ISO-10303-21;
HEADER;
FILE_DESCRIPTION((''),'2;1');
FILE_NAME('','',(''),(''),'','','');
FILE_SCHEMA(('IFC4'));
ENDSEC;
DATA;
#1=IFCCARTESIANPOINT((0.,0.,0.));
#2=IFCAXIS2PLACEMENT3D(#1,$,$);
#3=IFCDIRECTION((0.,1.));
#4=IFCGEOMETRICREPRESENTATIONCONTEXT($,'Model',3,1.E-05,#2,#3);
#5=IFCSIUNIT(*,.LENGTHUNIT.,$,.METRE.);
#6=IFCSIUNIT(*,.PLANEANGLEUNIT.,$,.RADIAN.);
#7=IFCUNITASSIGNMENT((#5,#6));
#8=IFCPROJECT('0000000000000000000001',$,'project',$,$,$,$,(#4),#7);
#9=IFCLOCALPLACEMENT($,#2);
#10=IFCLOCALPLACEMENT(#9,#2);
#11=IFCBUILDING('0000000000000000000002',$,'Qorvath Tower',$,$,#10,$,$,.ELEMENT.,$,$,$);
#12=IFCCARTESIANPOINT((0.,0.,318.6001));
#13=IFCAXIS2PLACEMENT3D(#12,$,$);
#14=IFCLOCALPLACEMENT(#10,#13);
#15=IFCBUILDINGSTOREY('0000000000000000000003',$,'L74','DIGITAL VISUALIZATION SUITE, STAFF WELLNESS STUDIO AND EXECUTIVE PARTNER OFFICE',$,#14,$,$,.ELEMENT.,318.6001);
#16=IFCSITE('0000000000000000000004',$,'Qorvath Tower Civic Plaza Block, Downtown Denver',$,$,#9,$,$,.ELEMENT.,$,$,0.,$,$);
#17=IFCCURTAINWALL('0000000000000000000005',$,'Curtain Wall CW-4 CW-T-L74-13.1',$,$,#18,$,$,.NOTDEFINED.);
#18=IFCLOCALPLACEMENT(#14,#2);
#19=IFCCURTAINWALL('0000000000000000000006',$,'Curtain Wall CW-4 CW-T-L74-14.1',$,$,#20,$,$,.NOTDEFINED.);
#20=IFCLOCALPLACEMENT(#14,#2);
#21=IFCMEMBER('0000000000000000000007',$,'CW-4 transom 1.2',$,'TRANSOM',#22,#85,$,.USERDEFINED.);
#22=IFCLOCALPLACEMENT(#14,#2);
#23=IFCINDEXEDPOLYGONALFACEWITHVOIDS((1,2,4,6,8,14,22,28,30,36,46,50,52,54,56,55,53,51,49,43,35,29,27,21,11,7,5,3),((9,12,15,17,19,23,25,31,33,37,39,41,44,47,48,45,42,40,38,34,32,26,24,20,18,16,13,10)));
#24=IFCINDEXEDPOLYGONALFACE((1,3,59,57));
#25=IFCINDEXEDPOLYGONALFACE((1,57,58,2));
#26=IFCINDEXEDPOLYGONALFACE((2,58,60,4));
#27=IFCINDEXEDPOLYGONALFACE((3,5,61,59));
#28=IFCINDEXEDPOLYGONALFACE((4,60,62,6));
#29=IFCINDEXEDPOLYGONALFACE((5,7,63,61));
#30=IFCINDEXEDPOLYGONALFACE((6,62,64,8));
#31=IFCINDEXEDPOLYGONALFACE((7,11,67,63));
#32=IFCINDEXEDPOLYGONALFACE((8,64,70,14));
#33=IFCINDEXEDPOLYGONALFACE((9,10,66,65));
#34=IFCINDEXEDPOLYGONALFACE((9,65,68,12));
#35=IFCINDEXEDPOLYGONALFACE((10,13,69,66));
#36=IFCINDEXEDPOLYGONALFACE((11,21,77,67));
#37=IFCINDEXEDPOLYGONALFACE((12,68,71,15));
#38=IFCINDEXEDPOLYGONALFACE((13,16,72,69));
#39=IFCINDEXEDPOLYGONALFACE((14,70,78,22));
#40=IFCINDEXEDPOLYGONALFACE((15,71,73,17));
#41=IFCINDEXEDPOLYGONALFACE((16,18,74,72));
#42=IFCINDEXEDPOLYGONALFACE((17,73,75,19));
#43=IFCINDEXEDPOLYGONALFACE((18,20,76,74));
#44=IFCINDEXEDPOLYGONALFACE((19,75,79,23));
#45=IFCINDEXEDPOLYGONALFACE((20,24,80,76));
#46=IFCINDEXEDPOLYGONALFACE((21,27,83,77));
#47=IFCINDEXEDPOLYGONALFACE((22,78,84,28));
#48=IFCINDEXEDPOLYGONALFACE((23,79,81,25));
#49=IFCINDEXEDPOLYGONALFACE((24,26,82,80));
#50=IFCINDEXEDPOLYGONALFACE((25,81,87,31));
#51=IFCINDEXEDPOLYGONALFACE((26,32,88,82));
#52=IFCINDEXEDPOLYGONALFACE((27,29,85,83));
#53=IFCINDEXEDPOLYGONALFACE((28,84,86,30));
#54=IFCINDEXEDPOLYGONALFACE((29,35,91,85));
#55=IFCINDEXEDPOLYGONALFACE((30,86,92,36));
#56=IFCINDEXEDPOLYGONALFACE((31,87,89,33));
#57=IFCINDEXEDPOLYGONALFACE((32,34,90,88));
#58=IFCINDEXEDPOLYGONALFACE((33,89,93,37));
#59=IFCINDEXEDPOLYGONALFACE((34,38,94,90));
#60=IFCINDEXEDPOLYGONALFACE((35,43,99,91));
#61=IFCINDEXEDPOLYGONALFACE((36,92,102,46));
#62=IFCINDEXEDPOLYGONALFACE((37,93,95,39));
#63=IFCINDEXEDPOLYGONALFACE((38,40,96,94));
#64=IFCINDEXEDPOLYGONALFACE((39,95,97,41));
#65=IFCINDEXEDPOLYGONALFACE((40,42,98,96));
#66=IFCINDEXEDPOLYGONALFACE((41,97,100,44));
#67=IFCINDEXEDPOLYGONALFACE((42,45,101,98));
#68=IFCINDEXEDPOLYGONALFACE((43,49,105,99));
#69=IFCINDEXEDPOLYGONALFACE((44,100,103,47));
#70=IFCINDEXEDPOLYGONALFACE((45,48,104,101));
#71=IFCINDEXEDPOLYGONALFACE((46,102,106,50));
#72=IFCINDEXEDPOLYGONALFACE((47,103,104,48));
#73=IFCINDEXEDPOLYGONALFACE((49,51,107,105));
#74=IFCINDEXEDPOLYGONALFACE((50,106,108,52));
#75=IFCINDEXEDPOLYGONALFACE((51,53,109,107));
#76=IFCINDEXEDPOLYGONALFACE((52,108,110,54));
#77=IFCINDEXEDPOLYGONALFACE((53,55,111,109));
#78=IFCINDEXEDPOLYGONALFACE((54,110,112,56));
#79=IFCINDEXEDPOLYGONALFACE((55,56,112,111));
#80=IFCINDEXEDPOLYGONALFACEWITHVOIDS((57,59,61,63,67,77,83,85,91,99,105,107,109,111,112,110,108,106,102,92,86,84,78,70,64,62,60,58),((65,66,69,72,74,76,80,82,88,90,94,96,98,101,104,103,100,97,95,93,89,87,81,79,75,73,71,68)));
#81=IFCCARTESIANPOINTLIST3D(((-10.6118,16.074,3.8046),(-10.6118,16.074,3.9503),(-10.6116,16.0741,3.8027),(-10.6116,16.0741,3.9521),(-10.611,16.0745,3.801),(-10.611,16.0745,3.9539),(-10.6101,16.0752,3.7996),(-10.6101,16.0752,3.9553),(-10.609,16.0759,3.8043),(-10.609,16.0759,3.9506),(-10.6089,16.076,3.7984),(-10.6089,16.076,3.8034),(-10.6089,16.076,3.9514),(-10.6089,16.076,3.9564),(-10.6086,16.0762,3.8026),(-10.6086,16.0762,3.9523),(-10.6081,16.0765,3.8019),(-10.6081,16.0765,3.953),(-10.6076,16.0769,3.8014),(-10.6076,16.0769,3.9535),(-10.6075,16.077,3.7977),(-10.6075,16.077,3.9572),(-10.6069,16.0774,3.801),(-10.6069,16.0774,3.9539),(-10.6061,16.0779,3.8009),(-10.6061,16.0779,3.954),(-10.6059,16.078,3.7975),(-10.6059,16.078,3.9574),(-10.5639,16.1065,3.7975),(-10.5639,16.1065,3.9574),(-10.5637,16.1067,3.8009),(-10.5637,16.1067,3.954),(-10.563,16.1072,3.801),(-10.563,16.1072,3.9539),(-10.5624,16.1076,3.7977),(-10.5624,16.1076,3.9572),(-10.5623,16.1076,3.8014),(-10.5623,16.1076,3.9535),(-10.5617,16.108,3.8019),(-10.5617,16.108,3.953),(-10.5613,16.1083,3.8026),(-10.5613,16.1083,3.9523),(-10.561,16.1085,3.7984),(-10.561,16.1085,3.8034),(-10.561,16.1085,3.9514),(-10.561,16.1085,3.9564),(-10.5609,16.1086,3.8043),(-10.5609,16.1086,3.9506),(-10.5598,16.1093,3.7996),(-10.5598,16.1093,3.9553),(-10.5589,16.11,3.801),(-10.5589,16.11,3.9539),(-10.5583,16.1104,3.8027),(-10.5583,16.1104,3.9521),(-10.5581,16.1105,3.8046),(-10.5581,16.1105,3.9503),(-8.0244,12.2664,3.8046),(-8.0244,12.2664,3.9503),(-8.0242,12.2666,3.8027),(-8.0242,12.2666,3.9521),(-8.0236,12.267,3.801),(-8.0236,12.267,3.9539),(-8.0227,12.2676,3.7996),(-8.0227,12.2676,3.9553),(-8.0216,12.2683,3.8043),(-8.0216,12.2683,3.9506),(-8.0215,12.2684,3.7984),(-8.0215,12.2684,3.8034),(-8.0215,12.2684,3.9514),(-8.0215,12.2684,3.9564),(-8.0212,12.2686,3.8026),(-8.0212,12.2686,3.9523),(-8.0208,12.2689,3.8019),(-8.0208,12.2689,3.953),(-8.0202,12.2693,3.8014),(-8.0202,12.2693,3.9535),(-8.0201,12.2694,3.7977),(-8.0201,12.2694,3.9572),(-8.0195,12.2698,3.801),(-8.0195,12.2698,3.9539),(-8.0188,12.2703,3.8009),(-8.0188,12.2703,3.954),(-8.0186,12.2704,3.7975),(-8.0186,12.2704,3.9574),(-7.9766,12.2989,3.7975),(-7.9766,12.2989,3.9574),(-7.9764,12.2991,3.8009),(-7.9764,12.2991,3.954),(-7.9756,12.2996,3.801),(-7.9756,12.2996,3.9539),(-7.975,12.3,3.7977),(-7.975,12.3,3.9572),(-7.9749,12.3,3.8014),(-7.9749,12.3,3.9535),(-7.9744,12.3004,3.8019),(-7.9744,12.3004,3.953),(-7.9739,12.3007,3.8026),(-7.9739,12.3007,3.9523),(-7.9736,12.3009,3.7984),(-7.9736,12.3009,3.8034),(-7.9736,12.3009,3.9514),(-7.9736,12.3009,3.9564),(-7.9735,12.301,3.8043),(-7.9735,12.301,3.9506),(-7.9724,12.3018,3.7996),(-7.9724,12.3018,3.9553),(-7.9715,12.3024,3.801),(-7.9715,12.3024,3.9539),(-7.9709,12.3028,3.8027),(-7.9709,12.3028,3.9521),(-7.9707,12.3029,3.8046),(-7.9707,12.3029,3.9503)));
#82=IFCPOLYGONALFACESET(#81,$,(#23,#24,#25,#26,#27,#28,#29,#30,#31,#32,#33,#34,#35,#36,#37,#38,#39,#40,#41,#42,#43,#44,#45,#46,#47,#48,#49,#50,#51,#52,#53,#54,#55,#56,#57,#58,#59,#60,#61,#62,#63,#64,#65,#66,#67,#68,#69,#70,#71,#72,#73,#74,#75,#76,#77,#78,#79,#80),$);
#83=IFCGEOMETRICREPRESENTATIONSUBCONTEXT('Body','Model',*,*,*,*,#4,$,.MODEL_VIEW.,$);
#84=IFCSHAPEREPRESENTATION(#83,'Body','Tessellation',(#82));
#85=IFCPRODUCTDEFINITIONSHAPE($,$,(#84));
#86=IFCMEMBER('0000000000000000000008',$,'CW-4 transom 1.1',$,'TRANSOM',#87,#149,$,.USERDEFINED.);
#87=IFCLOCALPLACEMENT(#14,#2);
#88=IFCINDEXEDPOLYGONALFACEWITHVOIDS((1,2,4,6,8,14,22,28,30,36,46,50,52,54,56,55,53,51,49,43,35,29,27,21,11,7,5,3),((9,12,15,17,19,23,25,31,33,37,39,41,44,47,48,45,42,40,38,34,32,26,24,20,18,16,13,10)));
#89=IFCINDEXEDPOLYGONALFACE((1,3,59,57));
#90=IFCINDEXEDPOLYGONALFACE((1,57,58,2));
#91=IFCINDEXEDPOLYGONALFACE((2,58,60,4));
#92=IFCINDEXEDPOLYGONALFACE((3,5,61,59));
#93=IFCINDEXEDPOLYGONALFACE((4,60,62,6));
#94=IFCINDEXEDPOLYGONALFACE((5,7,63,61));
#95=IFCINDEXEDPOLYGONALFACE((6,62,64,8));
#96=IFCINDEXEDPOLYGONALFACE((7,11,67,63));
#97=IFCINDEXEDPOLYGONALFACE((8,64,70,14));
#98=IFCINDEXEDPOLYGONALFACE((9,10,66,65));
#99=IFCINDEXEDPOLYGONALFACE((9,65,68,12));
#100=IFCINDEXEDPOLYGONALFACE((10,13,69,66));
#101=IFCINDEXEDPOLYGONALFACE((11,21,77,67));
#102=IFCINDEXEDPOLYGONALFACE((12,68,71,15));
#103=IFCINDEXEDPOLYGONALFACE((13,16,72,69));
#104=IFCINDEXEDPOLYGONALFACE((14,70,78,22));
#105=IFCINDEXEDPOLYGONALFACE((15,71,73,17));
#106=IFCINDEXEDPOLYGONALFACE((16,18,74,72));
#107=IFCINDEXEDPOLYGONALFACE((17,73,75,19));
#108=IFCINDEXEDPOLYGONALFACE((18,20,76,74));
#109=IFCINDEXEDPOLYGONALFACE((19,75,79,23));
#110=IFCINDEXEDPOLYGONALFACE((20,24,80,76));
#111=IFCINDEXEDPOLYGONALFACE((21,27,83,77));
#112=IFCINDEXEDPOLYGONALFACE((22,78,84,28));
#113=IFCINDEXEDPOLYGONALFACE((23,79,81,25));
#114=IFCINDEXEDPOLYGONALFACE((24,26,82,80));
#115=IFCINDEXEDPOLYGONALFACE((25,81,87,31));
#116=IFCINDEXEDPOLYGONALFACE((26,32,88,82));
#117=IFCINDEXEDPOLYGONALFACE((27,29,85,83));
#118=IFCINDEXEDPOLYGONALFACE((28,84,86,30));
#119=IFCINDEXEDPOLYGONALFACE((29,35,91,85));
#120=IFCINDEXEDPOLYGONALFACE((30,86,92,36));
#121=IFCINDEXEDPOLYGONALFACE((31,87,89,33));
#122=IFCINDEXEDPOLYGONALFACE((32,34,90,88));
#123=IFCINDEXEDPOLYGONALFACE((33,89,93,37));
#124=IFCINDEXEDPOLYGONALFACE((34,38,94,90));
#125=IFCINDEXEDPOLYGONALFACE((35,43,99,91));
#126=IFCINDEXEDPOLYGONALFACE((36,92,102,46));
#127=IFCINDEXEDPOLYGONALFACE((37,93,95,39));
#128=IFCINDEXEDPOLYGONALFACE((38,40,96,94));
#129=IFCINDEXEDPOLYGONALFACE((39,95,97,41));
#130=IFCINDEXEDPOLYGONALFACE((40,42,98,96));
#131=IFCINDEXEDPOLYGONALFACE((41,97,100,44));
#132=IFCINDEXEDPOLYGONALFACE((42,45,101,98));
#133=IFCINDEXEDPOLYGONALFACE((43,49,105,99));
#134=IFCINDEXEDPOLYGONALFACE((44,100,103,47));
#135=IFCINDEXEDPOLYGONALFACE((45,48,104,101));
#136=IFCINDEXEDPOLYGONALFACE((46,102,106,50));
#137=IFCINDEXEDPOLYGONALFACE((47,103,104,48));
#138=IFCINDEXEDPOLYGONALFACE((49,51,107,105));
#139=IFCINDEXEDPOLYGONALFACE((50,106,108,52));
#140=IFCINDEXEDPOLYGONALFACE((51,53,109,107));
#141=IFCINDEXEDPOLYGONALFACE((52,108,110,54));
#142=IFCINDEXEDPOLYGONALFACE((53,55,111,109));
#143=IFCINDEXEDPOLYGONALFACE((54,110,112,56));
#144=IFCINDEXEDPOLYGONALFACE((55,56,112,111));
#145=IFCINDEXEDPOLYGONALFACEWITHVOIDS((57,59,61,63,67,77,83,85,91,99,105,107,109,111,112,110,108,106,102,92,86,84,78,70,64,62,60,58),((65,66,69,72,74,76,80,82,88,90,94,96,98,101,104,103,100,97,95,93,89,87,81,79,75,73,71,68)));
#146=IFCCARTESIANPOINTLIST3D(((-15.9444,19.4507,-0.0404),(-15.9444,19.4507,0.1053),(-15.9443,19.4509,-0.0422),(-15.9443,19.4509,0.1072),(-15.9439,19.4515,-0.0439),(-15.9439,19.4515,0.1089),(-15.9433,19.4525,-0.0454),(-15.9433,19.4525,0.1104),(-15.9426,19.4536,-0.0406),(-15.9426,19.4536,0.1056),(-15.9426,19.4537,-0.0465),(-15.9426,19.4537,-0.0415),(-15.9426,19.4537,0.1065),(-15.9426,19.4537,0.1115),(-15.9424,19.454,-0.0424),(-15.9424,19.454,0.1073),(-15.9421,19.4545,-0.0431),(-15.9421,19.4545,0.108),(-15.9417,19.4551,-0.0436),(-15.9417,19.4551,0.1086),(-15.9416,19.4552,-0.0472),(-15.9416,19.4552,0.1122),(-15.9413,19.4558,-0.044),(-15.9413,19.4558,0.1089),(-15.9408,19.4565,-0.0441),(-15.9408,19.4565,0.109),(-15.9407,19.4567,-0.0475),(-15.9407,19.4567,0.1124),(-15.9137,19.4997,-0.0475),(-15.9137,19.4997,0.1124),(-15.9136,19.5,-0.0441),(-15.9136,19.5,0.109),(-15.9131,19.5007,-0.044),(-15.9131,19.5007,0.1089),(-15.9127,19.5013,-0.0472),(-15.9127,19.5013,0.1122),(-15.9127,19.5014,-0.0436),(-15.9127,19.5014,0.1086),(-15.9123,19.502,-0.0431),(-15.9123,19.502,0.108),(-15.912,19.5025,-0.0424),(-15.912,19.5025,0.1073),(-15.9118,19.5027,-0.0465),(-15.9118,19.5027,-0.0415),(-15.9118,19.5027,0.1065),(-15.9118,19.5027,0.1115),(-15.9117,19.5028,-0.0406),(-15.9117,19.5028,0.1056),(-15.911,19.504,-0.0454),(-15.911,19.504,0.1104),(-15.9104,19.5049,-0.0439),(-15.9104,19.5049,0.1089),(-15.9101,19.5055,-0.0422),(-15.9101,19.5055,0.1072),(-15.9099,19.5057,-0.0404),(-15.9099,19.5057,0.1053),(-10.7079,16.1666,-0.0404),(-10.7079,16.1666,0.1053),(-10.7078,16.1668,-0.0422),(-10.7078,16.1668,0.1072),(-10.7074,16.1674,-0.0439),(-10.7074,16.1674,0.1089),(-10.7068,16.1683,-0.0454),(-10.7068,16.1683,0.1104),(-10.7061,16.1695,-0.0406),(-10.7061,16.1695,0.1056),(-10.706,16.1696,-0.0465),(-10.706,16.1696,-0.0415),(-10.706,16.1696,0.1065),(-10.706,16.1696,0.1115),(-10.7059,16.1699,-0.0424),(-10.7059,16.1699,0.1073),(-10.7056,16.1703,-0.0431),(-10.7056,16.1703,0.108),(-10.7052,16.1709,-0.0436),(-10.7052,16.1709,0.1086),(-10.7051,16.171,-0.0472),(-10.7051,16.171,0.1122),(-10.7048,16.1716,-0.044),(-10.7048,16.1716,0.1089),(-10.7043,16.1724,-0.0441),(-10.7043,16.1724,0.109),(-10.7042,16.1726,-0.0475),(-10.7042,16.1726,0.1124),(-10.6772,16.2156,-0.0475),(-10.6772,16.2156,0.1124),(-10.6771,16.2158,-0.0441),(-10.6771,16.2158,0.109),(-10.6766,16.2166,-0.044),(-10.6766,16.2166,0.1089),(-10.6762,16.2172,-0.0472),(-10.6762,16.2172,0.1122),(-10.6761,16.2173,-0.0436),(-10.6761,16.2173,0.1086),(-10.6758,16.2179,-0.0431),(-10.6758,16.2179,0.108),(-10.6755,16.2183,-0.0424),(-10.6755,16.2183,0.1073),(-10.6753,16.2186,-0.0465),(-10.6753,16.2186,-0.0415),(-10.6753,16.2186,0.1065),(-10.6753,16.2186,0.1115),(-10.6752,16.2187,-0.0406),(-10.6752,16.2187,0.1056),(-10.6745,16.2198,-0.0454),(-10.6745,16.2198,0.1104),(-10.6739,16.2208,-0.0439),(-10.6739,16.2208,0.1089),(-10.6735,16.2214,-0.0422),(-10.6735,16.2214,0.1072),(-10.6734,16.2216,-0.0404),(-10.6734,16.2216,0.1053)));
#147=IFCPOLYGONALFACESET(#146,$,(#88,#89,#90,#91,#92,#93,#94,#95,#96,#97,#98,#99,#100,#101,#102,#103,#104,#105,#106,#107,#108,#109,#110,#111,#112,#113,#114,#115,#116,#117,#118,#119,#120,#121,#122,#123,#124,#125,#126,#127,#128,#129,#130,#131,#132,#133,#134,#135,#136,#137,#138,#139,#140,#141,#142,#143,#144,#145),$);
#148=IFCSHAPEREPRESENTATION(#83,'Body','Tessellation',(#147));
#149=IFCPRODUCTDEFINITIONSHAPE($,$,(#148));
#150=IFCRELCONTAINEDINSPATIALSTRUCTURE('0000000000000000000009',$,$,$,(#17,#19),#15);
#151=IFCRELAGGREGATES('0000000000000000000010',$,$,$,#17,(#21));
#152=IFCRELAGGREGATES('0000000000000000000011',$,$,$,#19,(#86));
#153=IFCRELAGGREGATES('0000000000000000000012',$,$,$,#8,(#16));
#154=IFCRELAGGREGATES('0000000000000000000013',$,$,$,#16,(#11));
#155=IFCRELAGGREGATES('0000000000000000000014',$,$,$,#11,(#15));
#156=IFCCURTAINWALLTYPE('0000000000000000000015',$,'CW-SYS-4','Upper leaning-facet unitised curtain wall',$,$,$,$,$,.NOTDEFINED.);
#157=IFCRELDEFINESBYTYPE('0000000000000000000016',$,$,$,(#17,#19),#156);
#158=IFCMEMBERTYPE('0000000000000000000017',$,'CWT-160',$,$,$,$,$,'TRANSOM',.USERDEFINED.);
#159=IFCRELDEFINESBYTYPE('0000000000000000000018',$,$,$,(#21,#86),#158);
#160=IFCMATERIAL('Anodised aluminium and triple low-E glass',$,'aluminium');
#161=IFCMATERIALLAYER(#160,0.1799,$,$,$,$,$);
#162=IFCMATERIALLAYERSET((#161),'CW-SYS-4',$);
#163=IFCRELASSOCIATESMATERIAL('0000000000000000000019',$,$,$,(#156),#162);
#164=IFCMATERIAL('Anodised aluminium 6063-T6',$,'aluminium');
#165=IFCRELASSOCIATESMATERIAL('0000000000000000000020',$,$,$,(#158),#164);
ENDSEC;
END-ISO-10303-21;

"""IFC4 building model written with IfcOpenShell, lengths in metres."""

from ifc_helpers import new_model, si_unit, direction, frame, origin, origin_2d, place, context, subcontext, project, spatial, hollow_rectangle, extrude, material, layer, layer_set, material_profile, profile_set, type_object, element, aggregate, save


model = new_model("IFC4")

# Units and contexts
model_context = context("Model", 3, precision=1e-05, world=origin(), true_north=direction((0.0, 1.0)))
body_context = subcontext(model_context, "Body", "Model", "MODEL_VIEW")
ifc_project = project(units=[si_unit("LENGTHUNIT", "METRE"), si_unit("PLANEANGLEUNIT", "RADIAN")], contexts=[model_context])

# Site, building, storey
site_placement = place(None, origin())
site = spatial("IfcSite", under=ifc_project, at=site_placement, Name="Qorvath Tower Civic Plaza Block, Downtown Denver", CompositionType="ELEMENT", RefElevation=0.0)
building_placement = place(site_placement, origin())
building = spatial("IfcBuilding", under=site, at=building_placement, Name="Qorvath Tower", CompositionType="ELEMENT")
storey_placement = place(building_placement, frame((0.0, 0.0, 318.6001)))
storey = spatial("IfcBuildingStorey", under=building, at=storey_placement, Name="L74", Description="DIGITAL VISUALIZATION SUITE, STAFF WELLNESS STUDIO AND EXECUTIVE PARTNER OFFICE", CompositionType="ELEMENT", Elevation=318.6001)

# Shared definitions
ifc_material_1 = material(Name="Anodised aluminium and triple low-E glass", Category="aluminium")
ifc_layer_1 = layer(ifc_material_1, 0.1799)
ifc_layer_set_1 = layer_set([ifc_layer_1], Name="CW-SYS-4")
curtain_wall_type = type_object("IfcCurtainWallType", Name="CW-SYS-4", Description="Upper leaning-facet unitised curtain wall", PredefinedType="NOTDEFINED", material=ifc_layer_set_1)

# Curtain walls
curtain_wall_1_placement = place(storey_placement, origin())
curtain_wall_1 = element("IfcCurtainWall", 1, at=curtain_wall_1_placement, inside=storey, type_object=curtain_wall_type, Name="Curtain Wall CW-4 CW-T-L74-13.1", PredefinedType="NOTDEFINED")
curtain_wall_2_placement = place(storey_placement, origin())
curtain_wall_2 = element("IfcCurtainWall", 2, at=curtain_wall_2_placement, inside=storey, type_object=curtain_wall_type, Name="Curtain Wall CW-4 CW-T-L74-14.1", PredefinedType="NOTDEFINED")

# Members
ifc_material_2 = material(Name="Anodised aluminium 6063-T6", Category="aluminium")
ifc_material_profile_1 = material_profile(ifc_material_2, hollow_rectangle(XDim=0.0649, YDim=0.1599, WallThickness=0.0034, InnerFilletRadius=0.0034, OuterFilletRadius=0.0071, at=origin_2d()), Name="CWT 160x65")
ifc_profile_set_1 = profile_set([ifc_material_profile_1], Name="Anodised aluminium 6063-T6")
member_type_1 = type_object("IfcMemberType", Name="CWT-160", ElementType="TRANSOM", PredefinedType="USERDEFINED", material=ifc_profile_set_1)
member_1_placement = place(storey_placement, frame((-7.9976, 12.2847, 3.8774), z_axis=(-0.562046, 0.827106, 0.0), x_axis=(-0.827106, -0.562046, 0.0)))
member_1 = element("IfcMember", 3, at=member_1_placement, type_object=member_type_1, Name="CW-4 transom 1.2", ObjectType="TRANSOM", PredefinedType="USERDEFINED", context=body_context, shape_type="SweptSolid", body=[
    extrude(hollow_rectangle(XDim=0.0649, YDim=0.1599, WallThickness=0.0034, InnerFilletRadius=0.0034, OuterFilletRadius=0.0071, at=origin_2d()), origin(), (0.0, 0.0, 1.0), 4.6035),
])
member_2_placement = place(storey_placement, frame((-10.6907, 16.1941, 0.0325), z_axis=(-0.847174, 0.531315, 0.0), x_axis=(-0.531315, -0.847174, 0.0)))
member_2 = element("IfcMember", 4, at=member_2_placement, type_object=member_type_1, Name="CW-4 transom 1.1", ObjectType="TRANSOM", PredefinedType="USERDEFINED", context=body_context, shape_type="SweptSolid", body=[
    extrude(hollow_rectangle(XDim=0.0649, YDim=0.1599, WallThickness=0.0034, InnerFilletRadius=0.0034, OuterFilletRadius=0.0071, at=origin_2d()), origin(), (0.0, 0.0, 1.0), 6.1812),
])

aggregate(curtain_wall_1, [member_1])
aggregate(curtain_wall_2, [member_2])

save(model, "model.ifc")
